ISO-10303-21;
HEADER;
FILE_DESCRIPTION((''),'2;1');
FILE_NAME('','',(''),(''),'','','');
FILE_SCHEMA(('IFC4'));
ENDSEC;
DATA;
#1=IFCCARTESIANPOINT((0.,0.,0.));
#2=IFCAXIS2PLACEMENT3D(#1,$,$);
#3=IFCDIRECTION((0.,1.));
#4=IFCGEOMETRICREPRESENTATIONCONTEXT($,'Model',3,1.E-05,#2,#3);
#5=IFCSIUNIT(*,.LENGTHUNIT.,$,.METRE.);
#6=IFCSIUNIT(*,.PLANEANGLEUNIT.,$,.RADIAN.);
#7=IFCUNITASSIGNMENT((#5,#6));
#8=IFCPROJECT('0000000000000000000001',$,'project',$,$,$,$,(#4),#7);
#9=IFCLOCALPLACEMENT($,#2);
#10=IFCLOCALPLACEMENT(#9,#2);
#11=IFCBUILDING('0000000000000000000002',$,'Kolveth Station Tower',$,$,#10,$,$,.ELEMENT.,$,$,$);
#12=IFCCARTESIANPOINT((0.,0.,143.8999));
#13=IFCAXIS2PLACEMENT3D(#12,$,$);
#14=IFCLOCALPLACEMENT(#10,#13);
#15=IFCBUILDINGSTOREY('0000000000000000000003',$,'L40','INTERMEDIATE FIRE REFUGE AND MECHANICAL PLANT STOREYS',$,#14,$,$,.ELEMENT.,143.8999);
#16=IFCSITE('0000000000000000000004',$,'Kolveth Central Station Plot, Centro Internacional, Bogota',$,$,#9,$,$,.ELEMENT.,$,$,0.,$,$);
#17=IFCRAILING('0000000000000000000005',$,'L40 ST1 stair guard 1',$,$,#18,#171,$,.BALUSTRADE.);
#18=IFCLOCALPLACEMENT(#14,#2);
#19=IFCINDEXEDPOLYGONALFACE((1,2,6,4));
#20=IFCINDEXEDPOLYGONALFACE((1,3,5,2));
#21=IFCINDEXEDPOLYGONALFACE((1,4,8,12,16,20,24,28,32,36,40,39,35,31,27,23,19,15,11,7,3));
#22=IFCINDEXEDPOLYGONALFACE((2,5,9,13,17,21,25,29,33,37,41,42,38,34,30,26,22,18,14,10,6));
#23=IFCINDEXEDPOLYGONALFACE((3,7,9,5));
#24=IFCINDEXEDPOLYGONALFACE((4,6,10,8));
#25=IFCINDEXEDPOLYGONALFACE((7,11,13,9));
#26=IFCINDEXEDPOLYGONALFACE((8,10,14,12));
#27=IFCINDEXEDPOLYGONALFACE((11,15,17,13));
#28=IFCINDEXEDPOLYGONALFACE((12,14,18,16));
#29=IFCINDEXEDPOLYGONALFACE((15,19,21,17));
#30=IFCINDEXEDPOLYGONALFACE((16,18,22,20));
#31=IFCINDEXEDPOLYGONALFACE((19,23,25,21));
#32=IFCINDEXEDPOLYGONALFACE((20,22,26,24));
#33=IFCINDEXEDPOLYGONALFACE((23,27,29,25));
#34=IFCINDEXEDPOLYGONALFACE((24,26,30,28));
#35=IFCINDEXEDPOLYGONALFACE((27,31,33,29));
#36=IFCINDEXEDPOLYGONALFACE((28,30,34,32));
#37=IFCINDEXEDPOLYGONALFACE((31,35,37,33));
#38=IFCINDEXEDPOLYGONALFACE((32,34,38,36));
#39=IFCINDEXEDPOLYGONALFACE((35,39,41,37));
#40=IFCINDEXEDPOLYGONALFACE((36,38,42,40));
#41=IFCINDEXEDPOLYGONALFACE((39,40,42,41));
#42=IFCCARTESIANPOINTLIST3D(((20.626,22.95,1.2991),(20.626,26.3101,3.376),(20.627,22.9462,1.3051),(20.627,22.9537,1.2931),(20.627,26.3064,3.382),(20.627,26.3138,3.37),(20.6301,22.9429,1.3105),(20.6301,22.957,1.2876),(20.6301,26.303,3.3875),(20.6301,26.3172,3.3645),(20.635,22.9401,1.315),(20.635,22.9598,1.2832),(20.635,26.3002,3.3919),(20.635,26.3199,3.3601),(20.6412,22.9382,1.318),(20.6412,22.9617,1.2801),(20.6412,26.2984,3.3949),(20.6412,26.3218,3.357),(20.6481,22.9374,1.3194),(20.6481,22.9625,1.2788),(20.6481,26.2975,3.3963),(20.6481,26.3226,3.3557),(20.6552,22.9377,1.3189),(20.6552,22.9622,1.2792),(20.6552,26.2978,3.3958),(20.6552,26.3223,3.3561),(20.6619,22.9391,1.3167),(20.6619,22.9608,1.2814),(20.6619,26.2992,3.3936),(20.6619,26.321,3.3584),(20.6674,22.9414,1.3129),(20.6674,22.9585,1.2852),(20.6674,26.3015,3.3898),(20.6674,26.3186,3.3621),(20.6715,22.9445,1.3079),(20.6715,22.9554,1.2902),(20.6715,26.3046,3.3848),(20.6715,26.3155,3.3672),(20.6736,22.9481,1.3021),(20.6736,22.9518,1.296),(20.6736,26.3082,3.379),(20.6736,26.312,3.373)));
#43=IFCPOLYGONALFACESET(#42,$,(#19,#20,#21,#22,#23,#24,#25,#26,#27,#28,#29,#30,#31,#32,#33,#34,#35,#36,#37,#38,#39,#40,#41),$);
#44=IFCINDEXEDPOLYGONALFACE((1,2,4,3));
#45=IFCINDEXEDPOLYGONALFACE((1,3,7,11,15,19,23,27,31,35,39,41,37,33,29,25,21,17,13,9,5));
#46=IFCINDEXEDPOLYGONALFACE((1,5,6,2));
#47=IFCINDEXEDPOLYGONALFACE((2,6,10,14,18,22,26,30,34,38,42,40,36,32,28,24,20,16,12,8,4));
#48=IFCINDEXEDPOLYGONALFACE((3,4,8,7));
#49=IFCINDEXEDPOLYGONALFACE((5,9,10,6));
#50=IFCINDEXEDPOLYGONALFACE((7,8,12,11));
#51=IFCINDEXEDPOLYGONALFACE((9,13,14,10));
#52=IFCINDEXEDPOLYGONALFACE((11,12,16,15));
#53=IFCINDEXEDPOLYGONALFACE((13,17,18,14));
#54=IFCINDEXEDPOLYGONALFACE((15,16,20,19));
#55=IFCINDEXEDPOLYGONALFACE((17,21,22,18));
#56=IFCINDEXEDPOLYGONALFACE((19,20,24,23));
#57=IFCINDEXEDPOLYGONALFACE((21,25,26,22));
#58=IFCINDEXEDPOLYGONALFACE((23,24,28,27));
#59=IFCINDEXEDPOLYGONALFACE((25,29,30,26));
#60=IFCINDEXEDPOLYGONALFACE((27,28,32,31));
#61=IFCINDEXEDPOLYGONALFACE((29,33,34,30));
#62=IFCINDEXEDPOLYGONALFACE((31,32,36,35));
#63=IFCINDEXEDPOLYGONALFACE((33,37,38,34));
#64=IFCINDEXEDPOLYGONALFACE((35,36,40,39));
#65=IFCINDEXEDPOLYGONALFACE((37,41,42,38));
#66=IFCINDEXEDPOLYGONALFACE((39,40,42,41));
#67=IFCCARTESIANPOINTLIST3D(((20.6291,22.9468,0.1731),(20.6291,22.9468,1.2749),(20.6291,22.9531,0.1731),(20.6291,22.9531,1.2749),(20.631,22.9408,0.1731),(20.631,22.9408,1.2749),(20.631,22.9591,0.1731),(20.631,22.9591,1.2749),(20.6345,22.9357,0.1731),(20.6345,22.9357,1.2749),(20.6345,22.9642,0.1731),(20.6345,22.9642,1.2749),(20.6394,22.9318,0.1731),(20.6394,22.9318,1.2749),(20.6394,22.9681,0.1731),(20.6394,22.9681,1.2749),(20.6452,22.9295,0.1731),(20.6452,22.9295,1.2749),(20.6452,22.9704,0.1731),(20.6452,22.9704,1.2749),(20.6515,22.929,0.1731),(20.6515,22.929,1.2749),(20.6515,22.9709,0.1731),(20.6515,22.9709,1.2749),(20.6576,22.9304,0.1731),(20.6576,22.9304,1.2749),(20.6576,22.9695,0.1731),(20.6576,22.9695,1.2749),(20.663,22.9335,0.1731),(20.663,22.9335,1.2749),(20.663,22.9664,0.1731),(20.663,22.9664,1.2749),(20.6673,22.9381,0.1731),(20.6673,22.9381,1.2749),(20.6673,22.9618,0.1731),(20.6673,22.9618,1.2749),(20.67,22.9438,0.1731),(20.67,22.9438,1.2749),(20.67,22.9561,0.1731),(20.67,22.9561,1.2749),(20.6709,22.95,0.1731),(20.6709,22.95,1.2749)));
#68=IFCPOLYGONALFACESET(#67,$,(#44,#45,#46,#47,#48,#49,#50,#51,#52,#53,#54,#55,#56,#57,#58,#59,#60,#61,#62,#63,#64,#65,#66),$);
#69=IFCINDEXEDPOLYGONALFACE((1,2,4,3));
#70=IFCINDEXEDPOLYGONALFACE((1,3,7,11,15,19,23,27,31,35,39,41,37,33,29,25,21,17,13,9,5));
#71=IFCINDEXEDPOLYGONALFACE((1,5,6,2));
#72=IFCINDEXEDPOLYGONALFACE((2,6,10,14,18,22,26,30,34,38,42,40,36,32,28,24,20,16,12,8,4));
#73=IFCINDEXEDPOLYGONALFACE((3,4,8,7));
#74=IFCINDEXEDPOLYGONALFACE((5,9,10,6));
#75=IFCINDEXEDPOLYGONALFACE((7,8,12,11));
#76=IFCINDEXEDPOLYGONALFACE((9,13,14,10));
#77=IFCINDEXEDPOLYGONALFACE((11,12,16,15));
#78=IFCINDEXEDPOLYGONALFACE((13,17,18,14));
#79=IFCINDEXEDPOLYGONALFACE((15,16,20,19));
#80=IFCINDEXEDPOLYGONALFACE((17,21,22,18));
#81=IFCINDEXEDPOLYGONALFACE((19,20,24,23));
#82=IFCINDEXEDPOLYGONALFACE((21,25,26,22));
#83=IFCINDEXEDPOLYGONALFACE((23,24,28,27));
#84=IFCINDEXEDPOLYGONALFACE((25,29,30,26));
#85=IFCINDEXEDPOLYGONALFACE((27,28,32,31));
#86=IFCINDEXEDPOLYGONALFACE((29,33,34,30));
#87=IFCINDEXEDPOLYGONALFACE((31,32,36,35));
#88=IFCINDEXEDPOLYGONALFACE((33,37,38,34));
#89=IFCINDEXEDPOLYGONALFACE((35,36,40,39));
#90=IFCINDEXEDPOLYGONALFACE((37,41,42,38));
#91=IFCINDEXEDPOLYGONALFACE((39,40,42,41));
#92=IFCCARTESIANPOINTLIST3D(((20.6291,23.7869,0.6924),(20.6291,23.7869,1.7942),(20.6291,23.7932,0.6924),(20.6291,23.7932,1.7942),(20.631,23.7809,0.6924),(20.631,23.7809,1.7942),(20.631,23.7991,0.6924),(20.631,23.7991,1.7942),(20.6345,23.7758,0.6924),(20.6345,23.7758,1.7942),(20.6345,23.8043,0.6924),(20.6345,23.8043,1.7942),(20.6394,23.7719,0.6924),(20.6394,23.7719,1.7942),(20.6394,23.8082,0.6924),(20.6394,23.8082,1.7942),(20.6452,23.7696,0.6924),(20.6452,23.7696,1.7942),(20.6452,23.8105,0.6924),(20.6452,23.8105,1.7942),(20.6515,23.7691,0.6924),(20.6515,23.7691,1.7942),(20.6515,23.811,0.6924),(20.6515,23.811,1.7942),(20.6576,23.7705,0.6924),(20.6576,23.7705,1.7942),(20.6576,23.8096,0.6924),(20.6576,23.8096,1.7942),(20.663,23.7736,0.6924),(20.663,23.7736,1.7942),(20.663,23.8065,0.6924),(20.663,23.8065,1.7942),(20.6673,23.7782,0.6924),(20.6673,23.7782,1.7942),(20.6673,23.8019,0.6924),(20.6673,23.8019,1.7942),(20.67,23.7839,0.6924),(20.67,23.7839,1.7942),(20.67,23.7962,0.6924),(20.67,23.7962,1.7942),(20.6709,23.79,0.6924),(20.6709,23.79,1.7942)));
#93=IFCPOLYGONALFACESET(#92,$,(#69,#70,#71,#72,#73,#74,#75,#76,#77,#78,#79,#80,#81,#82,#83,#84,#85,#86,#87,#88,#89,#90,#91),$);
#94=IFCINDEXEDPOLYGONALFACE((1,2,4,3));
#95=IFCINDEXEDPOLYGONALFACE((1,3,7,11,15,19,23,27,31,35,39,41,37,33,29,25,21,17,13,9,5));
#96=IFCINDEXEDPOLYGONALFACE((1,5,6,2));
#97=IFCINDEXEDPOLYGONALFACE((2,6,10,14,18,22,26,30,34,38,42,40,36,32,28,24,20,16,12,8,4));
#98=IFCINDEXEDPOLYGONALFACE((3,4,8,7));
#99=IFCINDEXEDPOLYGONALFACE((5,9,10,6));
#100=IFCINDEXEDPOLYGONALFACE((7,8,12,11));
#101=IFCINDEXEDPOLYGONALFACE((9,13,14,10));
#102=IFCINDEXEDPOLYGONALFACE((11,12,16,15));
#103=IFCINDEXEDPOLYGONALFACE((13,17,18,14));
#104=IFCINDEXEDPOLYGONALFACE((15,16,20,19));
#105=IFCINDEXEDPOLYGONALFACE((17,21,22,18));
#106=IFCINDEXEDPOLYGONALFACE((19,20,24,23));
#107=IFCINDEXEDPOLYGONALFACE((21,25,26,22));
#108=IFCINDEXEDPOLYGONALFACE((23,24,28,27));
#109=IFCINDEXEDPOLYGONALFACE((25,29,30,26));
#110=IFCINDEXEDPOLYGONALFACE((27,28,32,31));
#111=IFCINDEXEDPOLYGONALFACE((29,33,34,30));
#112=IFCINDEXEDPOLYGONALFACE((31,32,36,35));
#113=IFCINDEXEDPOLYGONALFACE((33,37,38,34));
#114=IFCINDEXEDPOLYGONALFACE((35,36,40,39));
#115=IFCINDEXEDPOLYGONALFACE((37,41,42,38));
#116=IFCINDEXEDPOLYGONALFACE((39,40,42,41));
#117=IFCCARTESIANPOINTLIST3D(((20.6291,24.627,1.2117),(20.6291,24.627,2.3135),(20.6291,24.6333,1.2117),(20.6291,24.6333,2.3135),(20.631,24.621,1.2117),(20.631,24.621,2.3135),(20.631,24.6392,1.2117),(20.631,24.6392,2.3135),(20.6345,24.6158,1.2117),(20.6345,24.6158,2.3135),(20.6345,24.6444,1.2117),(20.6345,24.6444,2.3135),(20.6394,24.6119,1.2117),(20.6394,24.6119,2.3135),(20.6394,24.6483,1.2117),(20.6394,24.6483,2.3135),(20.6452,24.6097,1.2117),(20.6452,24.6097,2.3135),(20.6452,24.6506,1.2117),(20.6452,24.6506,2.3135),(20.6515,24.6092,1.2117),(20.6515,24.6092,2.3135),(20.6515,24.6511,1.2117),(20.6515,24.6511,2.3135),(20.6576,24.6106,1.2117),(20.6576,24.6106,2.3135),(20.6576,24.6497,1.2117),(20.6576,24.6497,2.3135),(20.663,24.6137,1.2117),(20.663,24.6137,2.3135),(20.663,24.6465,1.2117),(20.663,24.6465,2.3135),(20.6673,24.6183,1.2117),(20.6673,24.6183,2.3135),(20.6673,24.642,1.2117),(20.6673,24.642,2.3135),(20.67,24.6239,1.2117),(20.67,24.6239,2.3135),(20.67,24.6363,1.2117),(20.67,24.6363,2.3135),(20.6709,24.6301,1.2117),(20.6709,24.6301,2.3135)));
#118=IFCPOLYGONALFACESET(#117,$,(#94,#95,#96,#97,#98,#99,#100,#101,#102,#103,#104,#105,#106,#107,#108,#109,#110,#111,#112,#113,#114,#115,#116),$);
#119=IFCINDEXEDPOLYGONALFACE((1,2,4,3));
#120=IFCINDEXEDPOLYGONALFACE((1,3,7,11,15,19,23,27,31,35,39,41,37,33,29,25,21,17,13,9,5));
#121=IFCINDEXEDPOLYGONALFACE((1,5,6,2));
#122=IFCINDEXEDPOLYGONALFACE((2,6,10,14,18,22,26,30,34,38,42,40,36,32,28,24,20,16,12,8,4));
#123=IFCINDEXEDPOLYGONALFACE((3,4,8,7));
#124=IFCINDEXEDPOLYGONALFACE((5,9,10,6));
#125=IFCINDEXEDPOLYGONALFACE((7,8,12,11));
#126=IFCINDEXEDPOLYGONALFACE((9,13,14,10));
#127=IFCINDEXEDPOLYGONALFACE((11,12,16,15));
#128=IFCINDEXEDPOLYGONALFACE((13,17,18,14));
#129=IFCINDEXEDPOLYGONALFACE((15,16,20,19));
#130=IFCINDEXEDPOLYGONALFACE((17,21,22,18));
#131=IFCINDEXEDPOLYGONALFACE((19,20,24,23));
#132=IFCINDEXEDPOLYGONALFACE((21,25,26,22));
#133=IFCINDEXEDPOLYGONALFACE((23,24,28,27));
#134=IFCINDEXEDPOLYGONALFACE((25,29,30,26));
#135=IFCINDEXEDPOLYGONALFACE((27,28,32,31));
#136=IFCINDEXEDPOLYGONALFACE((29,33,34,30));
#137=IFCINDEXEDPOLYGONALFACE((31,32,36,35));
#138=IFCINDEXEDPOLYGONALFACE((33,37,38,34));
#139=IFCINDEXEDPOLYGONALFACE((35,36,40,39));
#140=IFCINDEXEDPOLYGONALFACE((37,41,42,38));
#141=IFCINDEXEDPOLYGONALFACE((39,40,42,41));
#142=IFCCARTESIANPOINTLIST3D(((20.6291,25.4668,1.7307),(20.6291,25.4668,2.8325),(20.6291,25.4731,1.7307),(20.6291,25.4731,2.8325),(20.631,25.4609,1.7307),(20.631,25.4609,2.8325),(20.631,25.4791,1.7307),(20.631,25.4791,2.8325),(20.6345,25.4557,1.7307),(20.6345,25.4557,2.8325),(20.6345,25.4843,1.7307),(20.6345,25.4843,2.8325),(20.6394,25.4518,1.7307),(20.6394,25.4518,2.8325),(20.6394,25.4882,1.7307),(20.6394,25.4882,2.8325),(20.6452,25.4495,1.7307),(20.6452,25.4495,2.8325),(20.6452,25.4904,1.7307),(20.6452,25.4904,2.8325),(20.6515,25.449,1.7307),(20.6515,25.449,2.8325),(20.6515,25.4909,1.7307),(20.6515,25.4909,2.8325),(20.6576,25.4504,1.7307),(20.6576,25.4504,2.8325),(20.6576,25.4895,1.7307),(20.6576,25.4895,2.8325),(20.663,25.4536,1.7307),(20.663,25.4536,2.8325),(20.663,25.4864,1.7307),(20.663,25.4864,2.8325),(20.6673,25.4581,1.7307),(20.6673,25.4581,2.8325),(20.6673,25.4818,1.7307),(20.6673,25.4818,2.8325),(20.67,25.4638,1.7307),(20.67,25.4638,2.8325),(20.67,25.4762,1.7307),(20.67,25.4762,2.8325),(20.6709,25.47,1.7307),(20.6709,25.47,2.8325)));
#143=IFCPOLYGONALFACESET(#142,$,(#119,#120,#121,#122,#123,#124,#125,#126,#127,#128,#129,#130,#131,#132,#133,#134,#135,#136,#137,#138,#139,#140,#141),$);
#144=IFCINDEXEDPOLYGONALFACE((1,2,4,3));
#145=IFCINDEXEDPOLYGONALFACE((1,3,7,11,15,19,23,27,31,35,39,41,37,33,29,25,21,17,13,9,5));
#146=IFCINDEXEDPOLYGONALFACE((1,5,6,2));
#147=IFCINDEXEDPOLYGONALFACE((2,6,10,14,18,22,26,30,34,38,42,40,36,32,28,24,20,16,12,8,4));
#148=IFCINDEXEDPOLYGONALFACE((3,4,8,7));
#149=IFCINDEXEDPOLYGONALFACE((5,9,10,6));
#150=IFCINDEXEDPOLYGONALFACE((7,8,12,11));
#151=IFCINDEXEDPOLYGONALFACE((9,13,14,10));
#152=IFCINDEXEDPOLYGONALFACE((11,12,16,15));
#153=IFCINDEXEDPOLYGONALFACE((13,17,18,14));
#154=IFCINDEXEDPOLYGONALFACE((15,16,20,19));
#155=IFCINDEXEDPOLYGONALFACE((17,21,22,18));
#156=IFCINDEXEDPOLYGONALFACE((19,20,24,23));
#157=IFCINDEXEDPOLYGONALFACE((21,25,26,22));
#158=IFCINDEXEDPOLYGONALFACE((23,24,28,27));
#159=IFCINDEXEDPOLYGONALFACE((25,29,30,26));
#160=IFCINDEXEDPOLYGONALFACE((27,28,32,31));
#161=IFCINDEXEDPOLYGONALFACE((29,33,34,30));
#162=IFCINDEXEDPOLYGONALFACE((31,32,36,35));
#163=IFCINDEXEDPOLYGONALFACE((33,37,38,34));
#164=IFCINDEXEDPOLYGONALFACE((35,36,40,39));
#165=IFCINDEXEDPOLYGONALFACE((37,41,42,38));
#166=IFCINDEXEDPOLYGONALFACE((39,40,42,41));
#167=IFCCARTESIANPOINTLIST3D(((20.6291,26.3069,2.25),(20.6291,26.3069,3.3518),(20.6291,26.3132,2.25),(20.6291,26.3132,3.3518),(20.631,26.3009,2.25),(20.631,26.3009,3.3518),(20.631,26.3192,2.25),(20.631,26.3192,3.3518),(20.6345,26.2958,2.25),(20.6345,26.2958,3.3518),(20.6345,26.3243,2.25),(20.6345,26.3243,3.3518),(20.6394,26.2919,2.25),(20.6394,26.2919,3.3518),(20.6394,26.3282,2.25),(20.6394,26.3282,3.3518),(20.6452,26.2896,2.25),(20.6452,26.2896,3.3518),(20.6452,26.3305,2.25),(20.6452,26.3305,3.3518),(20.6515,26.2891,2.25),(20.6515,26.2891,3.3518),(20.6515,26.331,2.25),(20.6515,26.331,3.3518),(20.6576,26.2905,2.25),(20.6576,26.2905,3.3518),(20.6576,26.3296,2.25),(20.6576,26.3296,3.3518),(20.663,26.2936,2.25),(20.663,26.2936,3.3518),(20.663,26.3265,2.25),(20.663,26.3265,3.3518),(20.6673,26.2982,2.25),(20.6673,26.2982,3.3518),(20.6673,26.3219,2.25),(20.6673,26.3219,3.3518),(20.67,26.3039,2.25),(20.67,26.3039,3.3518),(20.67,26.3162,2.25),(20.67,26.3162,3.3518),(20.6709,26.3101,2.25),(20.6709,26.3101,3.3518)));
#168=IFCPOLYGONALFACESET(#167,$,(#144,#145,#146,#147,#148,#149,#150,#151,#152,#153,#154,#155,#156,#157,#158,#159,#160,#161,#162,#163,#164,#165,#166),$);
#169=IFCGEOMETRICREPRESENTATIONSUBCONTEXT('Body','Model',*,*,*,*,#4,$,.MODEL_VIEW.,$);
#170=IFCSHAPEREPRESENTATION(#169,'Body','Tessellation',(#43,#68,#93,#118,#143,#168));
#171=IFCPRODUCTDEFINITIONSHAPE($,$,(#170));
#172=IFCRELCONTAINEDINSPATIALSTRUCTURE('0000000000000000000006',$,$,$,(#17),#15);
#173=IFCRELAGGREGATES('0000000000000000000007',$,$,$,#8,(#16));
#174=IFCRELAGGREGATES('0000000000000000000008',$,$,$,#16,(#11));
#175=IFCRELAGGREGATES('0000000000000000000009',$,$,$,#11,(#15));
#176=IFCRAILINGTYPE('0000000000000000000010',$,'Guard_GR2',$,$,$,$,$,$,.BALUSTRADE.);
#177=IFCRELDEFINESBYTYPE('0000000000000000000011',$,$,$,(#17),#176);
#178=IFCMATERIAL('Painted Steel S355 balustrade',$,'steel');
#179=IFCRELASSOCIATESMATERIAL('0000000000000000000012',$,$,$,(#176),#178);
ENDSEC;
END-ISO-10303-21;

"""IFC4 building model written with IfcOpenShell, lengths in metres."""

from ifc_helpers import new_model, si_unit, direction, frame, origin, origin_2d, place, context, subcontext, project, spatial, circle, extrude, material, type_object, element, save


model = new_model("IFC4")

# Units and contexts
model_context = context("Model", 3, precision=1e-05, world=origin(), true_north=direction((0.0, 1.0)))
body_context = subcontext(model_context, "Body", "Model", "MODEL_VIEW")
ifc_project = project(units=[si_unit("LENGTHUNIT", "METRE"), si_unit("PLANEANGLEUNIT", "RADIAN")], contexts=[model_context])

# Site, building, storey
site_placement = place(None, origin())
site = spatial("IfcSite", under=ifc_project, at=site_placement, Name="Kolveth Central Station Plot, Centro Internacional, Bogota", CompositionType="ELEMENT", RefElevation=0.0)
building_placement = place(site_placement, origin())
building = spatial("IfcBuilding", under=site, at=building_placement, Name="Kolveth Station Tower", CompositionType="ELEMENT")
storey_placement = place(building_placement, frame((0.0, 0.0, 143.8999)))
storey = spatial("IfcBuildingStorey", under=building, at=storey_placement, Name="L40", Description="INTERMEDIATE FIRE REFUGE AND MECHANICAL PLANT STOREYS", CompositionType="ELEMENT", Elevation=143.8999)

# Railing
ifc_material_1 = material(Name="Painted Steel S355 balustrade", Category="steel")
railing_type_1 = type_object("IfcRailingType", Name="Guard_GR2", PredefinedType="BALUSTRADE", material=ifc_material_1)
railing_1_placement = place(storey_placement, frame((20.6499, 22.95, 0.1731)))
element("IfcRailing", 1, at=railing_1_placement, inside=storey, type_object=railing_type_1, Name="L40 ST1 stair guard 1", PredefinedType="BALUSTRADE", context=body_context, shape_type="SweptSolid", body=[
    extrude(circle(Radius=0.0239, at=origin_2d()), frame((0.0, 0.0, 1.126), z_axis=(0.0, 0.850623, 0.525776), x_axis=(-1.0, 0.0, 0.0)), (0.0, 0.0, 1.0), 3.9502),
    extrude(circle(Radius=0.021, at=origin_2d()), origin(), (0.0, 0.0, 1.0), 1.1018),
    extrude(circle(Radius=0.021, at=origin_2d()), frame((0.0, 0.8401, 0.5193)), (0.0, 0.0, 1.0), 1.1018),
    extrude(circle(Radius=0.021, at=origin_2d()), frame((0.0, 1.6802, 1.0386)), (0.0, 0.0, 1.0), 1.1018),
    extrude(circle(Radius=0.021, at=origin_2d()), frame((0.0, 2.52, 1.5576)), (0.0, 0.0, 1.0), 1.1018),
    extrude(circle(Radius=0.021, at=origin_2d()), frame((0.0, 3.3601, 2.0769)), (0.0, 0.0, 1.0), 1.1018),
])

save(model, "model.ifc")
